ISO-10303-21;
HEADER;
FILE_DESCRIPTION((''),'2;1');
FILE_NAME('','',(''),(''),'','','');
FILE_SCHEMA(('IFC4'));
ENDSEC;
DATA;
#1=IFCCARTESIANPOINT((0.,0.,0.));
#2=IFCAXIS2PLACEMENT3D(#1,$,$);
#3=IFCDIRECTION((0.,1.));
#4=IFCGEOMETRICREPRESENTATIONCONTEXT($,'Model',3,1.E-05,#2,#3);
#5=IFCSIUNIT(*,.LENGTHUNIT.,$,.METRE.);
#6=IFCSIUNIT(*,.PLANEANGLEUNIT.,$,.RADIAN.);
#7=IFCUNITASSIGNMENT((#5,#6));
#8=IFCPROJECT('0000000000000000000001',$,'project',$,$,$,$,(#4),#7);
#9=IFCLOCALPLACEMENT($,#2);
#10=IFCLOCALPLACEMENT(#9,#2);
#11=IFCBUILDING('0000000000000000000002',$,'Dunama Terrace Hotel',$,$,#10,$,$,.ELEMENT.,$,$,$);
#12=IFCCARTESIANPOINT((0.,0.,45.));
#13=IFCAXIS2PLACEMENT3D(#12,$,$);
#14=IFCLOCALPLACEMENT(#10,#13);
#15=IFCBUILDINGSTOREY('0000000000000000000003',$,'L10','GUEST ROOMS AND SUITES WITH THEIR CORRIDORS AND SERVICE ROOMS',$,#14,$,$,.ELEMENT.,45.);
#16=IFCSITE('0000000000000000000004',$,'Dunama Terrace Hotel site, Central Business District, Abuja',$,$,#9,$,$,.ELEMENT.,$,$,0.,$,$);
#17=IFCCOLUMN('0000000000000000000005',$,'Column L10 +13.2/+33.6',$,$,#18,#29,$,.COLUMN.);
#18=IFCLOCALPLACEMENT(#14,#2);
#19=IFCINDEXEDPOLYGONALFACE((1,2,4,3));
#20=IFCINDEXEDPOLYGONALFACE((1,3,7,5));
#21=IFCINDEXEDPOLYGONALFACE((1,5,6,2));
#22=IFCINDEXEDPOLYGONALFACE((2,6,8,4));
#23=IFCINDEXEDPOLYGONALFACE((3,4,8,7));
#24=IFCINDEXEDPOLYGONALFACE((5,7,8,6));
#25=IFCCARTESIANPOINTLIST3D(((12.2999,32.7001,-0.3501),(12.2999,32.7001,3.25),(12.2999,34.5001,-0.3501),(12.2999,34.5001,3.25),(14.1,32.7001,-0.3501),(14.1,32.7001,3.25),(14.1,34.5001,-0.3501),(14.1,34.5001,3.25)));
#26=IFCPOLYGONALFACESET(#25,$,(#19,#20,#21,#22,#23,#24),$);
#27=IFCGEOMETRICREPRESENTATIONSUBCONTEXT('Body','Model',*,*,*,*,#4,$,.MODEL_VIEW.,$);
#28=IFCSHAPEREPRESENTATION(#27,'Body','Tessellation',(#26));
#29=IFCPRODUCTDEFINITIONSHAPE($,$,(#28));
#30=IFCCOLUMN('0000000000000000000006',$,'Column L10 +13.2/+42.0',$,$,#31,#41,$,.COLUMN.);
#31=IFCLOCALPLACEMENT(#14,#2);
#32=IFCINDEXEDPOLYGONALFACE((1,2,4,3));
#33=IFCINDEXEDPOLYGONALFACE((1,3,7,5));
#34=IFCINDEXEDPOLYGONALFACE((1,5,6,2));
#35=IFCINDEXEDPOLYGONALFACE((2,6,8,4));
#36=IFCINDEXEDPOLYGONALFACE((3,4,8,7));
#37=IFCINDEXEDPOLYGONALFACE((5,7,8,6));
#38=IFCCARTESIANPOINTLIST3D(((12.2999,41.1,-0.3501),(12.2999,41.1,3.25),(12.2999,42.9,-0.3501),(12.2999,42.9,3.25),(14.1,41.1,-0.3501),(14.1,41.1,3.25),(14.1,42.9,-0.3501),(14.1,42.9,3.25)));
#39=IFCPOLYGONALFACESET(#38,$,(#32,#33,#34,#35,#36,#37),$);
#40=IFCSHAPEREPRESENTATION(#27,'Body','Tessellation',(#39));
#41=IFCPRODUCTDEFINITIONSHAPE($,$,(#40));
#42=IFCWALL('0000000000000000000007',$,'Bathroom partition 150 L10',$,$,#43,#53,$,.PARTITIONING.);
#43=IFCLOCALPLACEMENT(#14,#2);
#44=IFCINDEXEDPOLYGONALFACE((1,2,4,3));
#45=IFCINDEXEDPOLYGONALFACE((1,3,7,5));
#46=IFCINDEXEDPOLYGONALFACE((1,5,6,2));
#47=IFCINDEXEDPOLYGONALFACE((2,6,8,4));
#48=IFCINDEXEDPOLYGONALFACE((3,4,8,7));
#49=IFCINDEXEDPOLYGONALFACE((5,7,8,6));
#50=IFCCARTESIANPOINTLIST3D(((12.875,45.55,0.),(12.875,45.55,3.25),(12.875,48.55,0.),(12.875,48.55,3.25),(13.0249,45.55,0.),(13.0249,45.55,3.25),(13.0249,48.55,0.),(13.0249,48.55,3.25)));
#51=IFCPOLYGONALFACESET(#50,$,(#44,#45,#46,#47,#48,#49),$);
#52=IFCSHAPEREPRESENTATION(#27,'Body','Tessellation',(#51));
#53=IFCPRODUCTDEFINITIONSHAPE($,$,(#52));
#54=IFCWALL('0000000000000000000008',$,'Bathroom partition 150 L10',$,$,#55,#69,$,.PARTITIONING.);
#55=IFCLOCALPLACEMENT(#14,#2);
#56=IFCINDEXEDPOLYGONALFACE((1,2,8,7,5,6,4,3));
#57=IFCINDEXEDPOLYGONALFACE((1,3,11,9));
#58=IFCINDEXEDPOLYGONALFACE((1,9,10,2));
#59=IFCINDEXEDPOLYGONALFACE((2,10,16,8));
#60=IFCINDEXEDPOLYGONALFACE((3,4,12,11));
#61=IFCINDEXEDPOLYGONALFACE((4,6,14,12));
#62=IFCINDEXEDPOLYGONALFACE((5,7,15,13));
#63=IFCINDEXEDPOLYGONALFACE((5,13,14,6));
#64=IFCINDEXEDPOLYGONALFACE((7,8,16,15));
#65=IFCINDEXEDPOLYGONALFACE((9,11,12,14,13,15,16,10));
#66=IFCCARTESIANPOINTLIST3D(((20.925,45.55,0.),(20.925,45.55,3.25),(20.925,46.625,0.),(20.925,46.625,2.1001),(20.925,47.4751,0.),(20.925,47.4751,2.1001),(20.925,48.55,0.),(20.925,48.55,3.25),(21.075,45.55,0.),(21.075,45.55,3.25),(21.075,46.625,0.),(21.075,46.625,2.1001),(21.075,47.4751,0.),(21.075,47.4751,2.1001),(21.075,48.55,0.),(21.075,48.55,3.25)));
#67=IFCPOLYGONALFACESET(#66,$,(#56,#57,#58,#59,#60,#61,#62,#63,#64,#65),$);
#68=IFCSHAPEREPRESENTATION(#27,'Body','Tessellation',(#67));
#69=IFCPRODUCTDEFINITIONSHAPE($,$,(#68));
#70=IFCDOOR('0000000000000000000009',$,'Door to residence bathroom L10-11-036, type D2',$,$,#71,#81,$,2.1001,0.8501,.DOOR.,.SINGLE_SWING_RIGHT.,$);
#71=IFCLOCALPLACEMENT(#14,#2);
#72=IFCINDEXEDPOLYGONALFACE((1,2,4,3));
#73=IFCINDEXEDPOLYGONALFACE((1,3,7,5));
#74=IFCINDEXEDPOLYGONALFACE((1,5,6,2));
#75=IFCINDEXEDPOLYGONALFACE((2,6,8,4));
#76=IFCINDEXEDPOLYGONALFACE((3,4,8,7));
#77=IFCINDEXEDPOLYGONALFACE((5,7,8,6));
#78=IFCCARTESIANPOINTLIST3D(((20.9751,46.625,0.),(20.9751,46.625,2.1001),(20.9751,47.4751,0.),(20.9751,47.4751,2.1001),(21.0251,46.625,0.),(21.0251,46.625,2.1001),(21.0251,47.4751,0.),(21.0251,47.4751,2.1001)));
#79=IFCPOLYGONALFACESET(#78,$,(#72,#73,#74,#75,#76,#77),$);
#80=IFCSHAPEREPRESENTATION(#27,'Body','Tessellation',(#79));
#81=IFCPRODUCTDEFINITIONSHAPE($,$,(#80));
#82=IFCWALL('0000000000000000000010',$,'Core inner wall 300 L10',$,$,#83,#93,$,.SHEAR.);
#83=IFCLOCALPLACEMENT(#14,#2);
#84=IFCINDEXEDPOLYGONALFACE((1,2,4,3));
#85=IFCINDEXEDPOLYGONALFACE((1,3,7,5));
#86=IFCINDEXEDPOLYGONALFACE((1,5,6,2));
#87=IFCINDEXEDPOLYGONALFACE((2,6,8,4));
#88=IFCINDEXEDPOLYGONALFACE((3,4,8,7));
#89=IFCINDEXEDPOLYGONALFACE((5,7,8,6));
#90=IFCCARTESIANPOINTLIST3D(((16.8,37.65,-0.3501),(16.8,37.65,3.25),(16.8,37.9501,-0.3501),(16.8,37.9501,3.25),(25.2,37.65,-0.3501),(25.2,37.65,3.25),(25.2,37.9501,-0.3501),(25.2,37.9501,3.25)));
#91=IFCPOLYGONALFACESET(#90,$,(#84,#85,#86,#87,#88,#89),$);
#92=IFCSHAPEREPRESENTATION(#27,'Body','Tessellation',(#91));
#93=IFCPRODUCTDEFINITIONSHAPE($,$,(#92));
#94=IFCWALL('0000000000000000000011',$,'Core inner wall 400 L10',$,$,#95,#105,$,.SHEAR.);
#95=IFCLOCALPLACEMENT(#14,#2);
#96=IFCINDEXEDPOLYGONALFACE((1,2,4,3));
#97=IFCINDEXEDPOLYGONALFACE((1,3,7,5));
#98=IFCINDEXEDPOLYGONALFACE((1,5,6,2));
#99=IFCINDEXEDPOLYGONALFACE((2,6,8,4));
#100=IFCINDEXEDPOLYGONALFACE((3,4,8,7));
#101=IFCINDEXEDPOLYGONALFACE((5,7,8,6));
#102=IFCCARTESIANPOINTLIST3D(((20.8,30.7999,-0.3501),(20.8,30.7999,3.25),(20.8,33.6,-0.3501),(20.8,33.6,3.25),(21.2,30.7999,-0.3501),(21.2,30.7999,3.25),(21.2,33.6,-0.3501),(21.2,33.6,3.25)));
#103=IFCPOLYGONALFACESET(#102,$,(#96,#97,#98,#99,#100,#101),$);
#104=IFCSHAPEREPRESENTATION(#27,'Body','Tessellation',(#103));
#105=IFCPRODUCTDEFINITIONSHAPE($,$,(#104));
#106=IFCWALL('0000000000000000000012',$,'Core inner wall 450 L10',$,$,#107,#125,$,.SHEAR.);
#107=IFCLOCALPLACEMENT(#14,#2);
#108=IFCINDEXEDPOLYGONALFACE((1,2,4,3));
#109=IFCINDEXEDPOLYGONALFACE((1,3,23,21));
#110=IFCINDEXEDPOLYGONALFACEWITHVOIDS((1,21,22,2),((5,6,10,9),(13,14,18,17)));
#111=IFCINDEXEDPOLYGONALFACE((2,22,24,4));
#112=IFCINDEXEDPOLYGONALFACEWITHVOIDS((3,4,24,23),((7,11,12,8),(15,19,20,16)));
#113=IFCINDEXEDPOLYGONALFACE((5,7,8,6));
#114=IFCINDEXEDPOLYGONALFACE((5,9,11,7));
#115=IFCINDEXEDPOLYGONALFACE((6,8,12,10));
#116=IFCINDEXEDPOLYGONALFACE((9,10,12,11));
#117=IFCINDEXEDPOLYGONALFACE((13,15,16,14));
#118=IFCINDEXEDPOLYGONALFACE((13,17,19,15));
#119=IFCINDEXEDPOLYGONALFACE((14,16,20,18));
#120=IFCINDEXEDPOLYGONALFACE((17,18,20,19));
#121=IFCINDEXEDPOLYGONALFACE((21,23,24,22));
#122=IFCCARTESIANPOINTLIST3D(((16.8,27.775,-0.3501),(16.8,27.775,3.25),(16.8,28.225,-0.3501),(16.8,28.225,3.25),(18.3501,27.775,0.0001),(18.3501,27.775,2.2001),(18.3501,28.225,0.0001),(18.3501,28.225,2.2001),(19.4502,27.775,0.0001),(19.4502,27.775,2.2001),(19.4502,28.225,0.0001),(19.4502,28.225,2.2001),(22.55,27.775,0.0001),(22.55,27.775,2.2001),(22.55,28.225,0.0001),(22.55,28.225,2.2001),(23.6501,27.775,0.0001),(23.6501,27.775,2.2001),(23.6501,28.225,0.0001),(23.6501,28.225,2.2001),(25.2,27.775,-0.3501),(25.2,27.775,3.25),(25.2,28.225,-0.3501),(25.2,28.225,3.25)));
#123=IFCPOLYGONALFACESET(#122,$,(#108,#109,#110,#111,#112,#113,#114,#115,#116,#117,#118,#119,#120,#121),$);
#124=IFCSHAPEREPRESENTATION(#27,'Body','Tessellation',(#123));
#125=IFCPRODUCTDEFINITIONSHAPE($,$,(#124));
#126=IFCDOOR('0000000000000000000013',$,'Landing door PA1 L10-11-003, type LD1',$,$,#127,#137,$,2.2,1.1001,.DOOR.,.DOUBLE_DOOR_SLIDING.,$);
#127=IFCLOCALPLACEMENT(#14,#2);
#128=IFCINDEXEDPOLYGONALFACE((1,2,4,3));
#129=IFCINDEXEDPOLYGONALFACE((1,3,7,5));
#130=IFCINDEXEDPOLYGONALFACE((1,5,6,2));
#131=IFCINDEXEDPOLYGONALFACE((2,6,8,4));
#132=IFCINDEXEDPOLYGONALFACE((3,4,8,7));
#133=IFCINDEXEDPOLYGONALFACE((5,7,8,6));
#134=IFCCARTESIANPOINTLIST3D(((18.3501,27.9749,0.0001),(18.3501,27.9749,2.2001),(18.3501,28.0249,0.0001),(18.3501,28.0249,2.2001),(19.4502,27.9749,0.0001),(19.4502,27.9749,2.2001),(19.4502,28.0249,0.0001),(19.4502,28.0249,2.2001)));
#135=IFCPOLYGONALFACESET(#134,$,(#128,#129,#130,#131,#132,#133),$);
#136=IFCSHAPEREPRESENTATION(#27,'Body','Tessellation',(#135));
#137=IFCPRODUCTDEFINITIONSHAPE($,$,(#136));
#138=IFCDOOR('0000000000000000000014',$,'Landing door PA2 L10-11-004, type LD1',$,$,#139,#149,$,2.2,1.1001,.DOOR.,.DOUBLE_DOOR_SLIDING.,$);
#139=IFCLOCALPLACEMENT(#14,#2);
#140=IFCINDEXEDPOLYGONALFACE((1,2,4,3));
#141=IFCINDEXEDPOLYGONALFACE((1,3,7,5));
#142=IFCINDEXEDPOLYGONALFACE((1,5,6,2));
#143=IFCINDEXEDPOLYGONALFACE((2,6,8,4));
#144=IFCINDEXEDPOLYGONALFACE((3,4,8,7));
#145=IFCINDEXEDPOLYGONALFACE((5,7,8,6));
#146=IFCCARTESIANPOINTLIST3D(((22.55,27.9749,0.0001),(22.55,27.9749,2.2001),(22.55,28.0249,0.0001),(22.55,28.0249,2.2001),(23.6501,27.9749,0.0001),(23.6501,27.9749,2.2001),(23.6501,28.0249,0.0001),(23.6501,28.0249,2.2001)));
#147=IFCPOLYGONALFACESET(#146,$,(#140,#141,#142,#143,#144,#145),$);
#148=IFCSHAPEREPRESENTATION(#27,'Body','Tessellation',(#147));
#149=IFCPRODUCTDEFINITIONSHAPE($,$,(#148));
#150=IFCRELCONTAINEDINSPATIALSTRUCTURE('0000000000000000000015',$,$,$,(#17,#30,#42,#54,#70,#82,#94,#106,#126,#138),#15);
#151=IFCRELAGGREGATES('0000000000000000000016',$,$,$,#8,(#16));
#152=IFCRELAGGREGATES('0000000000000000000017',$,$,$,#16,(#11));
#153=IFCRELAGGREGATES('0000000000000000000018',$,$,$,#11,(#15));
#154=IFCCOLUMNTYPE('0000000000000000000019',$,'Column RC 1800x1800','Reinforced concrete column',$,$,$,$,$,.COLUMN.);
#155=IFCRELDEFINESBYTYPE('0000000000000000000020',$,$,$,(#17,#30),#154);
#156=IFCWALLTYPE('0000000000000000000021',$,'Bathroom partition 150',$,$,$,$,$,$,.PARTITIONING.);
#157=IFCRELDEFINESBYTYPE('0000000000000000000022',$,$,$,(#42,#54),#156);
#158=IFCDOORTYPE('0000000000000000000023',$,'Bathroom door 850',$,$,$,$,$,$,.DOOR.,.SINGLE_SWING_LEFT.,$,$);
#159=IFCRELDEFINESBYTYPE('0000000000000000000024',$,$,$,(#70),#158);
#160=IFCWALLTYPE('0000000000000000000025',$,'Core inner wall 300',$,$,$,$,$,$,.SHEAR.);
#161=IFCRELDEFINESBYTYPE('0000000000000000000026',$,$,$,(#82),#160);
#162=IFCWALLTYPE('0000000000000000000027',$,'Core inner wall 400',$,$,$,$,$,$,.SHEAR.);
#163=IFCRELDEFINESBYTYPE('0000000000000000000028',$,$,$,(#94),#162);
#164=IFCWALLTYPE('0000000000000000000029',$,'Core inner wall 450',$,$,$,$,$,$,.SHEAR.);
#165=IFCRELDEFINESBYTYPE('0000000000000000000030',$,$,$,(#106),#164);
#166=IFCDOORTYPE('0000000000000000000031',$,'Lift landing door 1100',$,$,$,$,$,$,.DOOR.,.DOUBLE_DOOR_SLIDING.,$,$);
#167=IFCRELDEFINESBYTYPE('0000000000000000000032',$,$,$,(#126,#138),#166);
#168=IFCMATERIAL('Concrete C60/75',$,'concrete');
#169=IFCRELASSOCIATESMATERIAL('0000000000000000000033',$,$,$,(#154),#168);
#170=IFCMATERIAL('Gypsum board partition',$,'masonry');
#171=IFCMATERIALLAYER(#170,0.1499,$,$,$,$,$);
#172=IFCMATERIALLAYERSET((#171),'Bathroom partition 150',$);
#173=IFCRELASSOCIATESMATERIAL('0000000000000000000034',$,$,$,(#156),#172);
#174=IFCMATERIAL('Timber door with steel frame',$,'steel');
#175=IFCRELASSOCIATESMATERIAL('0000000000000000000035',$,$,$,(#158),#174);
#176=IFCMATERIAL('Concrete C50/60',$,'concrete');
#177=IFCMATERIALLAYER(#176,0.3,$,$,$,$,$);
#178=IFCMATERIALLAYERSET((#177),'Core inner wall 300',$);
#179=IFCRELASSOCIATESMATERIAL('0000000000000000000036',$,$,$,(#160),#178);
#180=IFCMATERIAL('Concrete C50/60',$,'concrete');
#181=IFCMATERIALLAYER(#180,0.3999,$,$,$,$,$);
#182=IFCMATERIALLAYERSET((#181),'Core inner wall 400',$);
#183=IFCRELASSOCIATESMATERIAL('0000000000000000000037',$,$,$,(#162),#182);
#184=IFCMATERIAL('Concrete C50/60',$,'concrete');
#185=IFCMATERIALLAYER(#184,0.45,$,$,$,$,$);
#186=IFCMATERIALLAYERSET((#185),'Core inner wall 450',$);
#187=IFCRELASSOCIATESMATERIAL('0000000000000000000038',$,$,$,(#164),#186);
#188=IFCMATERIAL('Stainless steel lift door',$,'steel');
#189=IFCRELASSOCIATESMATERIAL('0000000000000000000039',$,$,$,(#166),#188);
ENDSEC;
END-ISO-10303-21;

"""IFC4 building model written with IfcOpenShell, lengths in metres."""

from ifc_helpers import new_model, si_unit, direction, frame, frame_2d, origin, origin_2d, place, context, subcontext, project, spatial, rectangle, extrude, material, layer, layer_set, material_profile, profile_set, type_object, element, fill, save


model = new_model("IFC4")

# Units and contexts
model_context = context("Model", 3, precision=1e-05, world=origin(), true_north=direction((0.0, 1.0)))
body_context = subcontext(model_context, "Body", "Model", "MODEL_VIEW")
ifc_project = project(units=[si_unit("LENGTHUNIT", "METRE"), si_unit("PLANEANGLEUNIT", "RADIAN")], contexts=[model_context])

# Site, building, storey
site_placement = place(None, origin())
site = spatial("IfcSite", under=ifc_project, at=site_placement, Name="Dunama Terrace Hotel site, Central Business District, Abuja", CompositionType="ELEMENT", RefElevation=0.0)
building_placement = place(site_placement, origin())
building = spatial("IfcBuilding", under=site, at=building_placement, Name="Dunama Terrace Hotel", CompositionType="ELEMENT")
storey_placement = place(building_placement, frame((0.0, 0.0, 45.0)))
storey = spatial("IfcBuildingStorey", under=building, at=storey_placement, Name="L10", Description="GUEST ROOMS AND SUITES WITH THEIR CORRIDORS AND SERVICE ROOMS", CompositionType="ELEMENT", Elevation=45.0)

# Columns
ifc_material_1 = material(Name="Concrete C60/75", Category="concrete")
ifc_material_profile = material_profile(ifc_material_1, rectangle(XDim=1.8, YDim=1.8, at=origin_2d()), Name="RC 1800x1800")
ifc_profile_set = profile_set([ifc_material_profile], Name="Concrete C60/75")
column_type = type_object("IfcColumnType", Name="Column RC 1800x1800", Description="Reinforced concrete column", PredefinedType="COLUMN", material=ifc_profile_set)
for number, where, z_axis, x_axis, name in (
    (1, (13.2, 33.6001, -0.3501), (0.0, 0.0, 1.0), (1.0, 0.0, 0.0), "Column L10 +13.2/+33.6"),
    (2, (13.2, 42.0, -0.3501), (0.0, 0.0, 1.0), (1.0, 0.0, 0.0), "Column L10 +13.2/+42.0"),
):
    element("IfcColumn", number, at=place(storey_placement, frame(where, z_axis=z_axis, x_axis=x_axis)), inside=storey, type_object=column_type, Name=name, PredefinedType="COLUMN", context=body_context, shape_type="SweptSolid", body=[
        extrude(rectangle(XDim=1.8, YDim=1.8, at=origin_2d()), origin(), (0.0, 0.0, 1.0), 3.6001),
    ])

# Wall
ifc_material_2 = material(Name="Gypsum board partition", Category="masonry")
ifc_layer_1 = layer(ifc_material_2, 0.1499)
ifc_layer_set_1 = layer_set([ifc_layer_1], Name="Bathroom partition 150")
wall_type_1 = type_object("IfcWallType", Name="Bathroom partition 150", PredefinedType="PARTITIONING", material=ifc_layer_set_1)
wall_1_placement = place(storey_placement, frame((12.95, 45.55, 0.0), z_axis=(0.0, 0.0, 1.0), x_axis=(0.0, 1.0, 0.0)))
element("IfcWall", 3, at=wall_1_placement, inside=storey, type_object=wall_type_1, Name="Bathroom partition 150 L10", PredefinedType="PARTITIONING", context=body_context, shape_type="SweptSolid", body=[
    extrude(rectangle(XDim=3.0, YDim=0.1499, at=frame_2d((1.5, 0.0))), origin(), (0.0, 0.0, 1.0), 3.25),
])

# Wall, opening, door
wall_2_placement = place(storey_placement, frame((21.0, 45.55, 0.0), z_axis=(0.0, 0.0, 1.0), x_axis=(0.0, 1.0, 0.0)))
wall_2 = element("IfcWall", 4, at=wall_2_placement, inside=storey, type_object=wall_type_1, Name="Bathroom partition 150 L10", PredefinedType="PARTITIONING", context=body_context, shape_type="SweptSolid", body=[
    extrude(rectangle(XDim=3.0, YDim=0.1499, at=frame_2d((1.5, 0.0))), origin(), (0.0, 0.0, 1.0), 3.25),
])
opening_1_placement = place(wall_2_placement, frame((1.075, 0.0, 0.0)))
opening_1 = element("IfcOpeningElement", 5, at=opening_1_placement, cuts=wall_2, PredefinedType="OPENING", context=body_context, shape_type="SweptSolid", body=[
    extrude(rectangle(XDim=0.8501, YDim=2.1001, at=frame_2d((0.425, 1.05))), frame((0.0, 0.085, 0.0), z_axis=(0.0, -1.0, 0.0), x_axis=(1.0, 0.0, 0.0)), (0.0, 0.0, 1.0), 0.1699),
])
ifc_material_3 = material(Name="Timber door with steel frame", Category="steel")
door_type_1 = type_object("IfcDoorType", Name="Bathroom door 850", OperationType="SINGLE_SWING_LEFT", PredefinedType="DOOR", material=ifc_material_3)
door_1_placement = place(opening_1_placement, frame((0.8501, 0.0, 0.0), z_axis=(0.0, 0.0, 1.0), x_axis=(-1.0, 0.0, 0.0)))
door_1 = element("IfcDoor", 6, at=door_1_placement, inside=storey, type_object=door_type_1, Name="Door to residence bathroom L10-11-036, type D2", OperationType="SINGLE_SWING_RIGHT", OverallHeight=2.1001, OverallWidth=0.8501, PredefinedType="DOOR", context=body_context, shape_type="SweptSolid", body=[
    extrude(rectangle(XDim=0.8501, YDim=2.1001, at=frame_2d((0.425, 1.05))), frame((0.0, 0.0251, 0.0), z_axis=(0.0, -1.0, 0.0), x_axis=(1.0, 0.0, 0.0)), (0.0, 0.0, 1.0), 0.05),
])
fill(opening_1, door_1)

# Walls
ifc_material_4 = material(Name="Concrete C50/60", Category="concrete")
ifc_layer_2 = layer(ifc_material_4, 0.3)
ifc_layer_set_2 = layer_set([ifc_layer_2], Name="Core inner wall 300")
wall_type_2 = type_object("IfcWallType", Name="Core inner wall 300", PredefinedType="SHEAR", material=ifc_layer_set_2)
wall_3_placement = place(storey_placement, frame((16.8, 37.8, -0.3501), z_axis=(0.0, 0.0, 1.0), x_axis=(1.0, 0.0, 0.0)))
element("IfcWall", 7, at=wall_3_placement, inside=storey, type_object=wall_type_2, Name="Core inner wall 300 L10", PredefinedType="SHEAR", context=body_context, shape_type="SweptSolid", body=[
    extrude(rectangle(XDim=8.3999, YDim=0.3, at=frame_2d((4.2, 0.0))), origin(), (0.0, 0.0, 1.0), 3.6001),
])
ifc_material_5 = material(Name="Concrete C50/60", Category="concrete")
ifc_layer_3 = layer(ifc_material_5, 0.3999)
ifc_layer_set_3 = layer_set([ifc_layer_3], Name="Core inner wall 400")
wall_type_3 = type_object("IfcWallType", Name="Core inner wall 400", PredefinedType="SHEAR", material=ifc_layer_set_3)
wall_4_placement = place(storey_placement, frame((21.0, 30.8, -0.3501), z_axis=(0.0, 0.0, 1.0), x_axis=(0.0, 1.0, 0.0)))
element("IfcWall", 8, at=wall_4_placement, inside=storey, type_object=wall_type_3, Name="Core inner wall 400 L10", PredefinedType="SHEAR", context=body_context, shape_type="SweptSolid", body=[
    extrude(rectangle(XDim=2.8, YDim=0.3999, at=frame_2d((1.3999, 0.0))), origin(), (0.0, 0.0, 1.0), 3.6001),
])

# Wall, openings, doors
ifc_material_6 = material(Name="Concrete C50/60", Category="concrete")
ifc_layer_4 = layer(ifc_material_6, 0.45)
ifc_layer_set_4 = layer_set([ifc_layer_4], Name="Core inner wall 450")
wall_type_4 = type_object("IfcWallType", Name="Core inner wall 450", PredefinedType="SHEAR", material=ifc_layer_set_4)
wall_5_placement = place(storey_placement, frame((16.8, 28.0, -0.3501), z_axis=(0.0, 0.0, 1.0), x_axis=(1.0, 0.0, 0.0)))
wall_5 = element("IfcWall", 9, at=wall_5_placement, inside=storey, type_object=wall_type_4, Name="Core inner wall 450 L10", PredefinedType="SHEAR", context=body_context, shape_type="SweptSolid", body=[
    extrude(rectangle(XDim=8.3999, YDim=0.45, at=frame_2d((4.2, 0.0))), origin(), (0.0, 0.0, 1.0), 3.6001),
])
opening_2_placement = place(wall_5_placement, frame((1.55, 0.0, 0.3501)))
opening_2 = element("IfcOpeningElement", 10, at=opening_2_placement, cuts=wall_5, PredefinedType="OPENING", context=body_context, shape_type="SweptSolid", body=[
    extrude(rectangle(XDim=1.1001, YDim=2.2, at=frame_2d((0.55, 1.1001))), frame((0.0, 0.2349, 0.0), z_axis=(0.0, -1.0, 0.0), x_axis=(1.0, 0.0, 0.0)), (0.0, 0.0, 1.0), 0.47),
])
opening_3_placement = place(wall_5_placement, frame((5.75, 0.0, 0.3501)))
opening_3 = element("IfcOpeningElement", 11, at=opening_3_placement, cuts=wall_5, PredefinedType="OPENING", context=body_context, shape_type="SweptSolid", body=[
    extrude(rectangle(XDim=1.1001, YDim=2.2, at=frame_2d((0.55, 1.1001))), frame((0.0, 0.2349, 0.0), z_axis=(0.0, -1.0, 0.0), x_axis=(1.0, 0.0, 0.0)), (0.0, 0.0, 1.0), 0.47),
])
ifc_material_7 = material(Name="Stainless steel lift door", Category="steel")
door_type_2 = type_object("IfcDoorType", Name="Lift landing door 1100", OperationType="DOUBLE_DOOR_SLIDING", PredefinedType="DOOR", material=ifc_material_7)
door_2_placement = place(opening_2_placement, origin())
door_2 = element("IfcDoor", 12, at=door_2_placement, inside=storey, type_object=door_type_2, Name="Landing door PA1 L10-11-003, type LD1", OperationType="DOUBLE_DOOR_SLIDING", OverallHeight=2.2, OverallWidth=1.1001, PredefinedType="DOOR", context=body_context, shape_type="SweptSolid", body=[
    extrude(rectangle(XDim=1.1001, YDim=2.2, at=frame_2d((0.55, 1.1001))), frame((0.0, 0.0249, 0.0), z_axis=(0.0, -1.0, 0.0), x_axis=(1.0, 0.0, 0.0)), (0.0, 0.0, 1.0), 0.05),
])
fill(opening_2, door_2)
door_3_placement = place(opening_3_placement, origin())
door_3 = element("IfcDoor", 13, at=door_3_placement, inside=storey, type_object=door_type_2, Name="Landing door PA2 L10-11-004, type LD1", OperationType="DOUBLE_DOOR_SLIDING", OverallHeight=2.2, OverallWidth=1.1001, PredefinedType="DOOR", context=body_context, shape_type="SweptSolid", body=[
    extrude(rectangle(XDim=1.1001, YDim=2.2, at=frame_2d((0.55, 1.1001))), frame((0.0, 0.0249, 0.0), z_axis=(0.0, -1.0, 0.0), x_axis=(1.0, 0.0, 0.0)), (0.0, 0.0, 1.0), 0.05),
])
fill(opening_3, door_3)

save(model, "model.ifc")
